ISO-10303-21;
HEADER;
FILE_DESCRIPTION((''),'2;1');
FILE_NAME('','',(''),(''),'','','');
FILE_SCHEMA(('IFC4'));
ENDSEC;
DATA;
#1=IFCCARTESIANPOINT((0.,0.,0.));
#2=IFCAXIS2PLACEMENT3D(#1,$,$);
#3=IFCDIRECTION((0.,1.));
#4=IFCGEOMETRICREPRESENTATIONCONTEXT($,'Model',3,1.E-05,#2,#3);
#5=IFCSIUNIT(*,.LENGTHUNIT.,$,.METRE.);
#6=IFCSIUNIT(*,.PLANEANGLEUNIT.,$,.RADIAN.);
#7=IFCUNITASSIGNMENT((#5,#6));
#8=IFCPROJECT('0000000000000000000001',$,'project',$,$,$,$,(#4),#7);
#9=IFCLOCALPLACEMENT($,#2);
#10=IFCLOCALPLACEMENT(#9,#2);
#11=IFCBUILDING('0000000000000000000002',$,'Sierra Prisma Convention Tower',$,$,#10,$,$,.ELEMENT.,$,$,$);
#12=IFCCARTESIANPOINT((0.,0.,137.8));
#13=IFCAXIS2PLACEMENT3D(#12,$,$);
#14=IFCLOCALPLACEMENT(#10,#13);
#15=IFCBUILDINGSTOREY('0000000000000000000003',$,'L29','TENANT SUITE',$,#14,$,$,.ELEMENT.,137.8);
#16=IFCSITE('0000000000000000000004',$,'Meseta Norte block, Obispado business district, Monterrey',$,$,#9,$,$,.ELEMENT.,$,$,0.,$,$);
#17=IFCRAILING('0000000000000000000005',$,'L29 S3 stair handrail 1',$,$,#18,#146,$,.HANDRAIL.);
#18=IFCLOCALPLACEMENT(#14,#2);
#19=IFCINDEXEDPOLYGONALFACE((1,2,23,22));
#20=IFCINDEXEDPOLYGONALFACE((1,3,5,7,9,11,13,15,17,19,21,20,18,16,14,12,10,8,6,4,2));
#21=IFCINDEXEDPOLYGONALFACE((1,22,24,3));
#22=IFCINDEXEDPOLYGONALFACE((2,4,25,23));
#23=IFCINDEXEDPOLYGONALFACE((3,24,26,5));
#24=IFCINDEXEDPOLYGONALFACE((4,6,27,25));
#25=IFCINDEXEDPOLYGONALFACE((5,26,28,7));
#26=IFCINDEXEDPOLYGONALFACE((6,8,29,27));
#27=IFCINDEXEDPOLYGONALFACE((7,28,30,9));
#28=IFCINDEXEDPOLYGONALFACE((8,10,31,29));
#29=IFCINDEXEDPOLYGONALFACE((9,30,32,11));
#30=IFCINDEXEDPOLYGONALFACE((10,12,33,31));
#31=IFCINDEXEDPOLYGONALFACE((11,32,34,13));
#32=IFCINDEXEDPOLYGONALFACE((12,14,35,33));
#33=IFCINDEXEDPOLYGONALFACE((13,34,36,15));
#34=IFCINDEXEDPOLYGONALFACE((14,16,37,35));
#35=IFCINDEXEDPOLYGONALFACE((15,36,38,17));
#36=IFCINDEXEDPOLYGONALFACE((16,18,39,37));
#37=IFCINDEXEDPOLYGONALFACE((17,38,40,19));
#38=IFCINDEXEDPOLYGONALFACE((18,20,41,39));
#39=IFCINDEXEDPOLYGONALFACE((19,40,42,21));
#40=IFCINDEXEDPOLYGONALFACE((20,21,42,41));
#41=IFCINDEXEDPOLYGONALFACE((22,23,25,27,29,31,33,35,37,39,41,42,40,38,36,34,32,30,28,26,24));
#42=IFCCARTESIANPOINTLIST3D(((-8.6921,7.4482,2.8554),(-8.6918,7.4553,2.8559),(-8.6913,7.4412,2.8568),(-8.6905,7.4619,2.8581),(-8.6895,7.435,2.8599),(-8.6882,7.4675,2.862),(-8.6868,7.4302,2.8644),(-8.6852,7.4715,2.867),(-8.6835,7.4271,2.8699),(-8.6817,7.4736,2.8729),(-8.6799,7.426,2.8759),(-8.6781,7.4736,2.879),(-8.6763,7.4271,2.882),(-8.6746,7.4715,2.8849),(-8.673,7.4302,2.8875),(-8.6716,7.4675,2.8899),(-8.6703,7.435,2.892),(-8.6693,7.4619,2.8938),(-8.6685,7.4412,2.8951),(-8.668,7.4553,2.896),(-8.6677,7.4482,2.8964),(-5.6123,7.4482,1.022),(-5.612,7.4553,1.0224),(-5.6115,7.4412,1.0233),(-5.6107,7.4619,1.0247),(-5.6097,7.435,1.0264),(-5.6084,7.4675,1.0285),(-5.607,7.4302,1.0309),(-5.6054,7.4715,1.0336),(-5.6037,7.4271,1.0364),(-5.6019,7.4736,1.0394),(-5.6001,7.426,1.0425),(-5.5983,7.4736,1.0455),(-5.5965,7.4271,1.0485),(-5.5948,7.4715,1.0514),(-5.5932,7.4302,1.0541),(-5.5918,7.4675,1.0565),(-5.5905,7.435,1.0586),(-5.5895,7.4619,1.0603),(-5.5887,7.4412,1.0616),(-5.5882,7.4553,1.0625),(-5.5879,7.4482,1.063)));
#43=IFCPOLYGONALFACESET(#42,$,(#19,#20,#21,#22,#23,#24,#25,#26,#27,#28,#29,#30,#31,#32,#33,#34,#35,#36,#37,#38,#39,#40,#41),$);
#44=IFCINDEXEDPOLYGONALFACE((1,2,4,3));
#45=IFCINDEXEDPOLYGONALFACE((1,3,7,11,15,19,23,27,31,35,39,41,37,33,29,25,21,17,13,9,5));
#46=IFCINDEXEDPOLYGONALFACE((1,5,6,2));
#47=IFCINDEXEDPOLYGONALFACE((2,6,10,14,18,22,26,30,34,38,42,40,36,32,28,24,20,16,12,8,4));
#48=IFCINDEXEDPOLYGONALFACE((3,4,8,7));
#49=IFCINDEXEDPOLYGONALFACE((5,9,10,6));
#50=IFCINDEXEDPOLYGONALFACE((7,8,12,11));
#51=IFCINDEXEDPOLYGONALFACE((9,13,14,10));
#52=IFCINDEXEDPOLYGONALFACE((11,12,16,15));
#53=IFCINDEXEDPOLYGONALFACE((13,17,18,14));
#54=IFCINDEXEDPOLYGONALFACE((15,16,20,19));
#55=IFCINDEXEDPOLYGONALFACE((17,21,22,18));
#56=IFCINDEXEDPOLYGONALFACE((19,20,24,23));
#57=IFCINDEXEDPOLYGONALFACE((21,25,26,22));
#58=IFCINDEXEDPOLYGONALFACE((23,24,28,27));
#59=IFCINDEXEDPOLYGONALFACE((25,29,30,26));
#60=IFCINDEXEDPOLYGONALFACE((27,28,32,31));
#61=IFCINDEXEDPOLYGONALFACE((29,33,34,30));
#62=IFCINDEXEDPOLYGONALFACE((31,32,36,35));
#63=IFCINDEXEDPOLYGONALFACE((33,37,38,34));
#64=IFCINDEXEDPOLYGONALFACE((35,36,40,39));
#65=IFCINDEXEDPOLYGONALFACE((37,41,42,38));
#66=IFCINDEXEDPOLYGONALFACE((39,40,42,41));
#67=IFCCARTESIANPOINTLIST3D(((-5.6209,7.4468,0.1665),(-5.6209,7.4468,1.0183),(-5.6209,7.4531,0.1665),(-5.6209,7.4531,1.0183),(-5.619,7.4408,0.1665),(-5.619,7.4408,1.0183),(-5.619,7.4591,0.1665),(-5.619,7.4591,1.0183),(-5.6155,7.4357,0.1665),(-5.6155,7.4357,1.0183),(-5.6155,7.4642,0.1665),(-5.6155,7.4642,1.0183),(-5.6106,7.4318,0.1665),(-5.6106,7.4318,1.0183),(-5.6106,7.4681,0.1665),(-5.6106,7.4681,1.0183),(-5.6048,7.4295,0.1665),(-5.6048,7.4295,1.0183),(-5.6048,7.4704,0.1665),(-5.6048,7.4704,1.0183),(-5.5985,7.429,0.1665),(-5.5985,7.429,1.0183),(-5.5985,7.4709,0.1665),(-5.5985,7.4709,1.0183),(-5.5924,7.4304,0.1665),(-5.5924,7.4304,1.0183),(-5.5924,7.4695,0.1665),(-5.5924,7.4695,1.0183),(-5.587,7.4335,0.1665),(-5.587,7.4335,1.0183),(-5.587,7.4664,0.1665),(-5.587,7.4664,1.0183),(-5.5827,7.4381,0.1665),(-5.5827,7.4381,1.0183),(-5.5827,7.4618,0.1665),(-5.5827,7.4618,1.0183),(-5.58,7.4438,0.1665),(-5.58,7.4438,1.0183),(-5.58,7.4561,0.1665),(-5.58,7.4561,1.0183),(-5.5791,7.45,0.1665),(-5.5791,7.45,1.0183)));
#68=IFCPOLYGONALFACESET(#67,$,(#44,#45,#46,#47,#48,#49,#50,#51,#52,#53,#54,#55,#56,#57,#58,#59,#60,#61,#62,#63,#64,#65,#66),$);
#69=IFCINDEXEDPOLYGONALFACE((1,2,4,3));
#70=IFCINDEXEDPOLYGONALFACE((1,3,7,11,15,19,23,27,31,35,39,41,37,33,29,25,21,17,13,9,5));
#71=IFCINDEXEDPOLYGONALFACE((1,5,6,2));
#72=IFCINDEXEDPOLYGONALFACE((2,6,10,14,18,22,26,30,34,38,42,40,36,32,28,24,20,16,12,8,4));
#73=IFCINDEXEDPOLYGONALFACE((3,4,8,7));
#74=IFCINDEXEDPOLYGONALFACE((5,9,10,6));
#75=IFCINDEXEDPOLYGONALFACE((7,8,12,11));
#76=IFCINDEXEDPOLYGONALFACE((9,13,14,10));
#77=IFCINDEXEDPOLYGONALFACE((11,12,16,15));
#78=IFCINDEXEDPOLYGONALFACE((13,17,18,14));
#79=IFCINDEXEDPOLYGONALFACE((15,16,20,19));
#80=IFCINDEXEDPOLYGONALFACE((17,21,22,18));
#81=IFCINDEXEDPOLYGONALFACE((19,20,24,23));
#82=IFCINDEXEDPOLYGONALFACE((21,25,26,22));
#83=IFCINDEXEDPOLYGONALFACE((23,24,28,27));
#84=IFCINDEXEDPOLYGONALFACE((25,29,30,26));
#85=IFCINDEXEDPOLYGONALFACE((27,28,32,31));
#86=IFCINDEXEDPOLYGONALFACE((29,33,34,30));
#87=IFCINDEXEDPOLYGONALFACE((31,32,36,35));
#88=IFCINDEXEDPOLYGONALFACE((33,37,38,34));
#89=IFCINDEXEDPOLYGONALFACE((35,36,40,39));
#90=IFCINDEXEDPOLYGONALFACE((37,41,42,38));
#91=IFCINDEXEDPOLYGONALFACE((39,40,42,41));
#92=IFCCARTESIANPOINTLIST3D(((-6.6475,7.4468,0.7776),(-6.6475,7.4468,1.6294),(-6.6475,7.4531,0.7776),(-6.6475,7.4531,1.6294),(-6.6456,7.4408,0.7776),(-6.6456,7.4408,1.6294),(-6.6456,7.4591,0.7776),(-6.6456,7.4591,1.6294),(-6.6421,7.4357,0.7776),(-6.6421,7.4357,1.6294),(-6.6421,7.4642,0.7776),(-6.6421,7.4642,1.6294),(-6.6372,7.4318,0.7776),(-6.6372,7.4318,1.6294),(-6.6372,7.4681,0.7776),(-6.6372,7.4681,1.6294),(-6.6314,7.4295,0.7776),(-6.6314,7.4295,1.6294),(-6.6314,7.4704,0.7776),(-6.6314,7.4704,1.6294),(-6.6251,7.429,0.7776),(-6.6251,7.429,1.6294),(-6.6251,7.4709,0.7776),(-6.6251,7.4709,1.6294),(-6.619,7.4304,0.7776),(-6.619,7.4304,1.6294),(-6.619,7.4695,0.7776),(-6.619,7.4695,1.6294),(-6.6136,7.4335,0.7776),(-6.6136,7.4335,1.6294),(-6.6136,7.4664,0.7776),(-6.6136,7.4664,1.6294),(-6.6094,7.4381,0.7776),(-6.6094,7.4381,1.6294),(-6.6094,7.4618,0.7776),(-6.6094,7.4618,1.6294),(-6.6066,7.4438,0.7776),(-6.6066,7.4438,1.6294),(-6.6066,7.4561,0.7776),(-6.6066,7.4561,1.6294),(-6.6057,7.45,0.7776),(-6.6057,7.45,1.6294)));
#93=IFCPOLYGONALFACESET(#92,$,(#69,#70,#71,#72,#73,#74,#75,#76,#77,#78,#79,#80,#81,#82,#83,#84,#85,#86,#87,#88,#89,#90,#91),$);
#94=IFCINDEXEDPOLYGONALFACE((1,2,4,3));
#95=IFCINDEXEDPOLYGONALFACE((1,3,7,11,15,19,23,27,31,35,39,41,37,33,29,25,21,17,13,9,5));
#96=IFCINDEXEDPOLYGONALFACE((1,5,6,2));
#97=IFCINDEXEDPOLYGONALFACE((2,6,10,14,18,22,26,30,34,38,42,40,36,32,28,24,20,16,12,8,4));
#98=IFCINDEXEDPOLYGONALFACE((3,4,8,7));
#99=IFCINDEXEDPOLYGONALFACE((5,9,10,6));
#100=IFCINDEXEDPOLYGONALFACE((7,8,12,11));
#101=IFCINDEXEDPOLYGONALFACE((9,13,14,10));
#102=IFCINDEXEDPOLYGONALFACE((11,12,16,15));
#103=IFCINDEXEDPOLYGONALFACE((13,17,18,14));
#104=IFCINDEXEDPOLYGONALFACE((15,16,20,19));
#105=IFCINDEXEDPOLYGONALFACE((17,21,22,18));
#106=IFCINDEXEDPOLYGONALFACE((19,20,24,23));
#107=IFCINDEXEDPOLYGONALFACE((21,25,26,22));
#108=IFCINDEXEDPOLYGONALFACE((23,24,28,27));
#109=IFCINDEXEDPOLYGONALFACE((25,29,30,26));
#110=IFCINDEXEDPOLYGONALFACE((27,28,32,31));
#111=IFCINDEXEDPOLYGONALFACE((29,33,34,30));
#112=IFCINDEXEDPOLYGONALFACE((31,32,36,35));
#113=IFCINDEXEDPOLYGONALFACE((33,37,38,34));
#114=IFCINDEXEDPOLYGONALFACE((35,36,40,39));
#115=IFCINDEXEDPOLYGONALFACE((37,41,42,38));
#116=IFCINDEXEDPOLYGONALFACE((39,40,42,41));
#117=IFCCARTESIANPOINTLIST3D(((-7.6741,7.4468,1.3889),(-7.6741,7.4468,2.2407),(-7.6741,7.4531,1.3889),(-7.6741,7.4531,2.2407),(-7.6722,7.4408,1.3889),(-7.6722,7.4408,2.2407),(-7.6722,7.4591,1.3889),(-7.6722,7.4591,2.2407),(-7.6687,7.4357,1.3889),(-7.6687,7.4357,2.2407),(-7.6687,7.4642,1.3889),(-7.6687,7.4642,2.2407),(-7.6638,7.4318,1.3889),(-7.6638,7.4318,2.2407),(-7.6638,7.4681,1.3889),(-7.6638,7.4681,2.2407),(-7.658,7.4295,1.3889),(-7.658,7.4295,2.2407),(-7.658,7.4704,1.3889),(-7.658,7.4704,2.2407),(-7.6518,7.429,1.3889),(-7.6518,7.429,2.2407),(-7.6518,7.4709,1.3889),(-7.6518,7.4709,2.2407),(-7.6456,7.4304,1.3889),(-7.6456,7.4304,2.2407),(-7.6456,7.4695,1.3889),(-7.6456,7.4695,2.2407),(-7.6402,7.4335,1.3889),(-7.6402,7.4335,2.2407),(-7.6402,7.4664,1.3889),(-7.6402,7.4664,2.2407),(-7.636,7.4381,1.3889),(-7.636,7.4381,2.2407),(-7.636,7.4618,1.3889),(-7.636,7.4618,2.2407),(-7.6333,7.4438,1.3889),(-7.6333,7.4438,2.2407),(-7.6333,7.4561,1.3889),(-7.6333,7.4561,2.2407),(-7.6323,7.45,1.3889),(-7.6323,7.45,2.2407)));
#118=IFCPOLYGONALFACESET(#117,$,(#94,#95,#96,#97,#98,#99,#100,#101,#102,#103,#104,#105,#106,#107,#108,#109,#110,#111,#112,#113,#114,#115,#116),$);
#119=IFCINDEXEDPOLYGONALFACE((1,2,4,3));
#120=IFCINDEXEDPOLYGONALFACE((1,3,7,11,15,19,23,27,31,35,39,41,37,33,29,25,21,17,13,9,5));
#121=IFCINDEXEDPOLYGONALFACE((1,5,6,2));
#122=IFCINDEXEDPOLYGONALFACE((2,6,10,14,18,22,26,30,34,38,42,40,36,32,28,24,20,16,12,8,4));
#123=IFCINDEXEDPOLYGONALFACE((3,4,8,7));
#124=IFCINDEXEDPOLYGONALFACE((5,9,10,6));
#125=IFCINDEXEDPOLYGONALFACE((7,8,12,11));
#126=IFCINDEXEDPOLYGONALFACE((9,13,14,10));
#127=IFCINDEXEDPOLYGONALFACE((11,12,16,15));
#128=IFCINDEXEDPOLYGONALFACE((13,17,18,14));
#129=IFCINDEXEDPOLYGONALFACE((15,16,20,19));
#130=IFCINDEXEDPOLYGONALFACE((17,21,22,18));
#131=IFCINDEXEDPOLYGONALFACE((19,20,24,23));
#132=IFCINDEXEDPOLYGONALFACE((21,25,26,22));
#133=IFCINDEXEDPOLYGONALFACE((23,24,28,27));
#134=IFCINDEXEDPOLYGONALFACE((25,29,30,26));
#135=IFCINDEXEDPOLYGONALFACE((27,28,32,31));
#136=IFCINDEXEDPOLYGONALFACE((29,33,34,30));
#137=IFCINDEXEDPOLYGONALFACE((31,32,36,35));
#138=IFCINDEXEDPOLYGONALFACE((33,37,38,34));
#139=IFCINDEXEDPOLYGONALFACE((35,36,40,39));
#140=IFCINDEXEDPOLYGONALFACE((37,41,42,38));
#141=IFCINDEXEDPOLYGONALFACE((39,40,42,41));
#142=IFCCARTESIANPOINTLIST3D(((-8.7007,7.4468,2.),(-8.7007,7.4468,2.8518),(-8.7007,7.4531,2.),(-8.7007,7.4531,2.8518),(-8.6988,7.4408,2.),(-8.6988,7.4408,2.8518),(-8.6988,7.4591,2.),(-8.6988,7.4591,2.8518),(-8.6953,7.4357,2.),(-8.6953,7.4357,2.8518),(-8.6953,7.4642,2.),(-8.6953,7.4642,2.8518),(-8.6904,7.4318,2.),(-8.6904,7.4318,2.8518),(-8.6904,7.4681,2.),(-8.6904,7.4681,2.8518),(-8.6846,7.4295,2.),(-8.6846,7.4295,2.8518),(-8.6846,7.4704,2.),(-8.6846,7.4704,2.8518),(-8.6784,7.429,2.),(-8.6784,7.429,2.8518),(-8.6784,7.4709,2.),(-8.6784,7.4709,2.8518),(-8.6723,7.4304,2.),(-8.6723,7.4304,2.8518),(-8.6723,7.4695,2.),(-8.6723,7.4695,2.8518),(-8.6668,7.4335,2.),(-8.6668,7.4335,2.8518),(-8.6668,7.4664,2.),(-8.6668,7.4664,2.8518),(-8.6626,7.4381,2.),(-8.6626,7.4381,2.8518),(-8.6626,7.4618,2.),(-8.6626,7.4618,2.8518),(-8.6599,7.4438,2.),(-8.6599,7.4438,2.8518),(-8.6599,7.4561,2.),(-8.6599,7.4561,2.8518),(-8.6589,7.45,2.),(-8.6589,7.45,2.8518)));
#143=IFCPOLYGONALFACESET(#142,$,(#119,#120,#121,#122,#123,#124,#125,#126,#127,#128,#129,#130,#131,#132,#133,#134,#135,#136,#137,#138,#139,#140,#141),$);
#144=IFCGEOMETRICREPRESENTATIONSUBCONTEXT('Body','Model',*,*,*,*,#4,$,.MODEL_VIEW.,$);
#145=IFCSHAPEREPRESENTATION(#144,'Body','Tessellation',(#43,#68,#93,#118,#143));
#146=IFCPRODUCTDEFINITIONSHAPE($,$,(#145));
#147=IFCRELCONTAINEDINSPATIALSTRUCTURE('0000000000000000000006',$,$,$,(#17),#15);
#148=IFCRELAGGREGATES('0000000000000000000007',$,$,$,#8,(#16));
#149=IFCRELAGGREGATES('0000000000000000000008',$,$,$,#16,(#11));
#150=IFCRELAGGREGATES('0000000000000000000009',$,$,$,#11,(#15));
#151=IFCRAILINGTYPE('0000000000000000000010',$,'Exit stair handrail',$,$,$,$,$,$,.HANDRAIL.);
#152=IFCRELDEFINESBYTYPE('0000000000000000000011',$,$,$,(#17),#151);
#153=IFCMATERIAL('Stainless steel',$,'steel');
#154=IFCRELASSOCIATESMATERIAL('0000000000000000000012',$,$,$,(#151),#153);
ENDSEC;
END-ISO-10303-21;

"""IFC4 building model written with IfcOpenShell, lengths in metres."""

from ifc_helpers import new_model, si_unit, direction, frame, origin, origin_2d, place, context, subcontext, project, spatial, circle, extrude, material, type_object, element, save


model = new_model("IFC4")

# Units and contexts
model_context = context("Model", 3, precision=1e-05, world=origin(), true_north=direction((0.0, 1.0)))
body_context = subcontext(model_context, "Body", "Model", "MODEL_VIEW")
ifc_project = project(units=[si_unit("LENGTHUNIT", "METRE"), si_unit("PLANEANGLEUNIT", "RADIAN")], contexts=[model_context])

# Site, building, storey
site_placement = place(None, origin())
site = spatial("IfcSite", under=ifc_project, at=site_placement, Name="Meseta Norte block, Obispado business district, Monterrey", CompositionType="ELEMENT", RefElevation=0.0)
building_placement = place(site_placement, origin())
building = spatial("IfcBuilding", under=site, at=building_placement, Name="Sierra Prisma Convention Tower", CompositionType="ELEMENT")
storey_placement = place(building_placement, frame((0.0, 0.0, 137.8)))
storey = spatial("IfcBuildingStorey", under=building, at=storey_placement, Name="L29", Description="TENANT SUITE", CompositionType="ELEMENT", Elevation=137.8)

# Railing
ifc_material_1 = material(Name="Stainless steel", Category="steel")
railing_type_1 = type_object("IfcRailingType", Name="Exit stair handrail", PredefinedType="HANDRAIL", material=ifc_material_1)
railing_1_placement = place(storey_placement, frame((-5.6001, 7.45, 0.1665)))
element("IfcRailing", 1, at=railing_1_placement, inside=storey, type_object=railing_type_1, Name="L29 S3 stair handrail 1", PredefinedType="HANDRAIL", context=body_context, shape_type="SweptSolid", body=[
    extrude(circle(Radius=0.0239, at=origin_2d()), frame((0.0, 0.0, 0.876), z_axis=(-0.859261, 0.0, 0.511538), x_axis=(0.0, -1.0, 0.0)), (0.0, 0.0, 1.0), 3.5842),
    extrude(circle(Radius=0.021, at=origin_2d()), origin(), (0.0, 0.0, 1.0), 0.8518),
    extrude(circle(Radius=0.021, at=origin_2d()), frame((-1.0266, 0.0, 0.6111)), (0.0, 0.0, 1.0), 0.8518),
    extrude(circle(Radius=0.021, at=origin_2d()), frame((-2.0532, 0.0, 1.2224)), (0.0, 0.0, 1.0), 0.8518),
    extrude(circle(Radius=0.021, at=origin_2d()), frame((-3.0798, 0.0, 1.8335)), (0.0, 0.0, 1.0), 0.8518),
])

save(model, "model.ifc")
